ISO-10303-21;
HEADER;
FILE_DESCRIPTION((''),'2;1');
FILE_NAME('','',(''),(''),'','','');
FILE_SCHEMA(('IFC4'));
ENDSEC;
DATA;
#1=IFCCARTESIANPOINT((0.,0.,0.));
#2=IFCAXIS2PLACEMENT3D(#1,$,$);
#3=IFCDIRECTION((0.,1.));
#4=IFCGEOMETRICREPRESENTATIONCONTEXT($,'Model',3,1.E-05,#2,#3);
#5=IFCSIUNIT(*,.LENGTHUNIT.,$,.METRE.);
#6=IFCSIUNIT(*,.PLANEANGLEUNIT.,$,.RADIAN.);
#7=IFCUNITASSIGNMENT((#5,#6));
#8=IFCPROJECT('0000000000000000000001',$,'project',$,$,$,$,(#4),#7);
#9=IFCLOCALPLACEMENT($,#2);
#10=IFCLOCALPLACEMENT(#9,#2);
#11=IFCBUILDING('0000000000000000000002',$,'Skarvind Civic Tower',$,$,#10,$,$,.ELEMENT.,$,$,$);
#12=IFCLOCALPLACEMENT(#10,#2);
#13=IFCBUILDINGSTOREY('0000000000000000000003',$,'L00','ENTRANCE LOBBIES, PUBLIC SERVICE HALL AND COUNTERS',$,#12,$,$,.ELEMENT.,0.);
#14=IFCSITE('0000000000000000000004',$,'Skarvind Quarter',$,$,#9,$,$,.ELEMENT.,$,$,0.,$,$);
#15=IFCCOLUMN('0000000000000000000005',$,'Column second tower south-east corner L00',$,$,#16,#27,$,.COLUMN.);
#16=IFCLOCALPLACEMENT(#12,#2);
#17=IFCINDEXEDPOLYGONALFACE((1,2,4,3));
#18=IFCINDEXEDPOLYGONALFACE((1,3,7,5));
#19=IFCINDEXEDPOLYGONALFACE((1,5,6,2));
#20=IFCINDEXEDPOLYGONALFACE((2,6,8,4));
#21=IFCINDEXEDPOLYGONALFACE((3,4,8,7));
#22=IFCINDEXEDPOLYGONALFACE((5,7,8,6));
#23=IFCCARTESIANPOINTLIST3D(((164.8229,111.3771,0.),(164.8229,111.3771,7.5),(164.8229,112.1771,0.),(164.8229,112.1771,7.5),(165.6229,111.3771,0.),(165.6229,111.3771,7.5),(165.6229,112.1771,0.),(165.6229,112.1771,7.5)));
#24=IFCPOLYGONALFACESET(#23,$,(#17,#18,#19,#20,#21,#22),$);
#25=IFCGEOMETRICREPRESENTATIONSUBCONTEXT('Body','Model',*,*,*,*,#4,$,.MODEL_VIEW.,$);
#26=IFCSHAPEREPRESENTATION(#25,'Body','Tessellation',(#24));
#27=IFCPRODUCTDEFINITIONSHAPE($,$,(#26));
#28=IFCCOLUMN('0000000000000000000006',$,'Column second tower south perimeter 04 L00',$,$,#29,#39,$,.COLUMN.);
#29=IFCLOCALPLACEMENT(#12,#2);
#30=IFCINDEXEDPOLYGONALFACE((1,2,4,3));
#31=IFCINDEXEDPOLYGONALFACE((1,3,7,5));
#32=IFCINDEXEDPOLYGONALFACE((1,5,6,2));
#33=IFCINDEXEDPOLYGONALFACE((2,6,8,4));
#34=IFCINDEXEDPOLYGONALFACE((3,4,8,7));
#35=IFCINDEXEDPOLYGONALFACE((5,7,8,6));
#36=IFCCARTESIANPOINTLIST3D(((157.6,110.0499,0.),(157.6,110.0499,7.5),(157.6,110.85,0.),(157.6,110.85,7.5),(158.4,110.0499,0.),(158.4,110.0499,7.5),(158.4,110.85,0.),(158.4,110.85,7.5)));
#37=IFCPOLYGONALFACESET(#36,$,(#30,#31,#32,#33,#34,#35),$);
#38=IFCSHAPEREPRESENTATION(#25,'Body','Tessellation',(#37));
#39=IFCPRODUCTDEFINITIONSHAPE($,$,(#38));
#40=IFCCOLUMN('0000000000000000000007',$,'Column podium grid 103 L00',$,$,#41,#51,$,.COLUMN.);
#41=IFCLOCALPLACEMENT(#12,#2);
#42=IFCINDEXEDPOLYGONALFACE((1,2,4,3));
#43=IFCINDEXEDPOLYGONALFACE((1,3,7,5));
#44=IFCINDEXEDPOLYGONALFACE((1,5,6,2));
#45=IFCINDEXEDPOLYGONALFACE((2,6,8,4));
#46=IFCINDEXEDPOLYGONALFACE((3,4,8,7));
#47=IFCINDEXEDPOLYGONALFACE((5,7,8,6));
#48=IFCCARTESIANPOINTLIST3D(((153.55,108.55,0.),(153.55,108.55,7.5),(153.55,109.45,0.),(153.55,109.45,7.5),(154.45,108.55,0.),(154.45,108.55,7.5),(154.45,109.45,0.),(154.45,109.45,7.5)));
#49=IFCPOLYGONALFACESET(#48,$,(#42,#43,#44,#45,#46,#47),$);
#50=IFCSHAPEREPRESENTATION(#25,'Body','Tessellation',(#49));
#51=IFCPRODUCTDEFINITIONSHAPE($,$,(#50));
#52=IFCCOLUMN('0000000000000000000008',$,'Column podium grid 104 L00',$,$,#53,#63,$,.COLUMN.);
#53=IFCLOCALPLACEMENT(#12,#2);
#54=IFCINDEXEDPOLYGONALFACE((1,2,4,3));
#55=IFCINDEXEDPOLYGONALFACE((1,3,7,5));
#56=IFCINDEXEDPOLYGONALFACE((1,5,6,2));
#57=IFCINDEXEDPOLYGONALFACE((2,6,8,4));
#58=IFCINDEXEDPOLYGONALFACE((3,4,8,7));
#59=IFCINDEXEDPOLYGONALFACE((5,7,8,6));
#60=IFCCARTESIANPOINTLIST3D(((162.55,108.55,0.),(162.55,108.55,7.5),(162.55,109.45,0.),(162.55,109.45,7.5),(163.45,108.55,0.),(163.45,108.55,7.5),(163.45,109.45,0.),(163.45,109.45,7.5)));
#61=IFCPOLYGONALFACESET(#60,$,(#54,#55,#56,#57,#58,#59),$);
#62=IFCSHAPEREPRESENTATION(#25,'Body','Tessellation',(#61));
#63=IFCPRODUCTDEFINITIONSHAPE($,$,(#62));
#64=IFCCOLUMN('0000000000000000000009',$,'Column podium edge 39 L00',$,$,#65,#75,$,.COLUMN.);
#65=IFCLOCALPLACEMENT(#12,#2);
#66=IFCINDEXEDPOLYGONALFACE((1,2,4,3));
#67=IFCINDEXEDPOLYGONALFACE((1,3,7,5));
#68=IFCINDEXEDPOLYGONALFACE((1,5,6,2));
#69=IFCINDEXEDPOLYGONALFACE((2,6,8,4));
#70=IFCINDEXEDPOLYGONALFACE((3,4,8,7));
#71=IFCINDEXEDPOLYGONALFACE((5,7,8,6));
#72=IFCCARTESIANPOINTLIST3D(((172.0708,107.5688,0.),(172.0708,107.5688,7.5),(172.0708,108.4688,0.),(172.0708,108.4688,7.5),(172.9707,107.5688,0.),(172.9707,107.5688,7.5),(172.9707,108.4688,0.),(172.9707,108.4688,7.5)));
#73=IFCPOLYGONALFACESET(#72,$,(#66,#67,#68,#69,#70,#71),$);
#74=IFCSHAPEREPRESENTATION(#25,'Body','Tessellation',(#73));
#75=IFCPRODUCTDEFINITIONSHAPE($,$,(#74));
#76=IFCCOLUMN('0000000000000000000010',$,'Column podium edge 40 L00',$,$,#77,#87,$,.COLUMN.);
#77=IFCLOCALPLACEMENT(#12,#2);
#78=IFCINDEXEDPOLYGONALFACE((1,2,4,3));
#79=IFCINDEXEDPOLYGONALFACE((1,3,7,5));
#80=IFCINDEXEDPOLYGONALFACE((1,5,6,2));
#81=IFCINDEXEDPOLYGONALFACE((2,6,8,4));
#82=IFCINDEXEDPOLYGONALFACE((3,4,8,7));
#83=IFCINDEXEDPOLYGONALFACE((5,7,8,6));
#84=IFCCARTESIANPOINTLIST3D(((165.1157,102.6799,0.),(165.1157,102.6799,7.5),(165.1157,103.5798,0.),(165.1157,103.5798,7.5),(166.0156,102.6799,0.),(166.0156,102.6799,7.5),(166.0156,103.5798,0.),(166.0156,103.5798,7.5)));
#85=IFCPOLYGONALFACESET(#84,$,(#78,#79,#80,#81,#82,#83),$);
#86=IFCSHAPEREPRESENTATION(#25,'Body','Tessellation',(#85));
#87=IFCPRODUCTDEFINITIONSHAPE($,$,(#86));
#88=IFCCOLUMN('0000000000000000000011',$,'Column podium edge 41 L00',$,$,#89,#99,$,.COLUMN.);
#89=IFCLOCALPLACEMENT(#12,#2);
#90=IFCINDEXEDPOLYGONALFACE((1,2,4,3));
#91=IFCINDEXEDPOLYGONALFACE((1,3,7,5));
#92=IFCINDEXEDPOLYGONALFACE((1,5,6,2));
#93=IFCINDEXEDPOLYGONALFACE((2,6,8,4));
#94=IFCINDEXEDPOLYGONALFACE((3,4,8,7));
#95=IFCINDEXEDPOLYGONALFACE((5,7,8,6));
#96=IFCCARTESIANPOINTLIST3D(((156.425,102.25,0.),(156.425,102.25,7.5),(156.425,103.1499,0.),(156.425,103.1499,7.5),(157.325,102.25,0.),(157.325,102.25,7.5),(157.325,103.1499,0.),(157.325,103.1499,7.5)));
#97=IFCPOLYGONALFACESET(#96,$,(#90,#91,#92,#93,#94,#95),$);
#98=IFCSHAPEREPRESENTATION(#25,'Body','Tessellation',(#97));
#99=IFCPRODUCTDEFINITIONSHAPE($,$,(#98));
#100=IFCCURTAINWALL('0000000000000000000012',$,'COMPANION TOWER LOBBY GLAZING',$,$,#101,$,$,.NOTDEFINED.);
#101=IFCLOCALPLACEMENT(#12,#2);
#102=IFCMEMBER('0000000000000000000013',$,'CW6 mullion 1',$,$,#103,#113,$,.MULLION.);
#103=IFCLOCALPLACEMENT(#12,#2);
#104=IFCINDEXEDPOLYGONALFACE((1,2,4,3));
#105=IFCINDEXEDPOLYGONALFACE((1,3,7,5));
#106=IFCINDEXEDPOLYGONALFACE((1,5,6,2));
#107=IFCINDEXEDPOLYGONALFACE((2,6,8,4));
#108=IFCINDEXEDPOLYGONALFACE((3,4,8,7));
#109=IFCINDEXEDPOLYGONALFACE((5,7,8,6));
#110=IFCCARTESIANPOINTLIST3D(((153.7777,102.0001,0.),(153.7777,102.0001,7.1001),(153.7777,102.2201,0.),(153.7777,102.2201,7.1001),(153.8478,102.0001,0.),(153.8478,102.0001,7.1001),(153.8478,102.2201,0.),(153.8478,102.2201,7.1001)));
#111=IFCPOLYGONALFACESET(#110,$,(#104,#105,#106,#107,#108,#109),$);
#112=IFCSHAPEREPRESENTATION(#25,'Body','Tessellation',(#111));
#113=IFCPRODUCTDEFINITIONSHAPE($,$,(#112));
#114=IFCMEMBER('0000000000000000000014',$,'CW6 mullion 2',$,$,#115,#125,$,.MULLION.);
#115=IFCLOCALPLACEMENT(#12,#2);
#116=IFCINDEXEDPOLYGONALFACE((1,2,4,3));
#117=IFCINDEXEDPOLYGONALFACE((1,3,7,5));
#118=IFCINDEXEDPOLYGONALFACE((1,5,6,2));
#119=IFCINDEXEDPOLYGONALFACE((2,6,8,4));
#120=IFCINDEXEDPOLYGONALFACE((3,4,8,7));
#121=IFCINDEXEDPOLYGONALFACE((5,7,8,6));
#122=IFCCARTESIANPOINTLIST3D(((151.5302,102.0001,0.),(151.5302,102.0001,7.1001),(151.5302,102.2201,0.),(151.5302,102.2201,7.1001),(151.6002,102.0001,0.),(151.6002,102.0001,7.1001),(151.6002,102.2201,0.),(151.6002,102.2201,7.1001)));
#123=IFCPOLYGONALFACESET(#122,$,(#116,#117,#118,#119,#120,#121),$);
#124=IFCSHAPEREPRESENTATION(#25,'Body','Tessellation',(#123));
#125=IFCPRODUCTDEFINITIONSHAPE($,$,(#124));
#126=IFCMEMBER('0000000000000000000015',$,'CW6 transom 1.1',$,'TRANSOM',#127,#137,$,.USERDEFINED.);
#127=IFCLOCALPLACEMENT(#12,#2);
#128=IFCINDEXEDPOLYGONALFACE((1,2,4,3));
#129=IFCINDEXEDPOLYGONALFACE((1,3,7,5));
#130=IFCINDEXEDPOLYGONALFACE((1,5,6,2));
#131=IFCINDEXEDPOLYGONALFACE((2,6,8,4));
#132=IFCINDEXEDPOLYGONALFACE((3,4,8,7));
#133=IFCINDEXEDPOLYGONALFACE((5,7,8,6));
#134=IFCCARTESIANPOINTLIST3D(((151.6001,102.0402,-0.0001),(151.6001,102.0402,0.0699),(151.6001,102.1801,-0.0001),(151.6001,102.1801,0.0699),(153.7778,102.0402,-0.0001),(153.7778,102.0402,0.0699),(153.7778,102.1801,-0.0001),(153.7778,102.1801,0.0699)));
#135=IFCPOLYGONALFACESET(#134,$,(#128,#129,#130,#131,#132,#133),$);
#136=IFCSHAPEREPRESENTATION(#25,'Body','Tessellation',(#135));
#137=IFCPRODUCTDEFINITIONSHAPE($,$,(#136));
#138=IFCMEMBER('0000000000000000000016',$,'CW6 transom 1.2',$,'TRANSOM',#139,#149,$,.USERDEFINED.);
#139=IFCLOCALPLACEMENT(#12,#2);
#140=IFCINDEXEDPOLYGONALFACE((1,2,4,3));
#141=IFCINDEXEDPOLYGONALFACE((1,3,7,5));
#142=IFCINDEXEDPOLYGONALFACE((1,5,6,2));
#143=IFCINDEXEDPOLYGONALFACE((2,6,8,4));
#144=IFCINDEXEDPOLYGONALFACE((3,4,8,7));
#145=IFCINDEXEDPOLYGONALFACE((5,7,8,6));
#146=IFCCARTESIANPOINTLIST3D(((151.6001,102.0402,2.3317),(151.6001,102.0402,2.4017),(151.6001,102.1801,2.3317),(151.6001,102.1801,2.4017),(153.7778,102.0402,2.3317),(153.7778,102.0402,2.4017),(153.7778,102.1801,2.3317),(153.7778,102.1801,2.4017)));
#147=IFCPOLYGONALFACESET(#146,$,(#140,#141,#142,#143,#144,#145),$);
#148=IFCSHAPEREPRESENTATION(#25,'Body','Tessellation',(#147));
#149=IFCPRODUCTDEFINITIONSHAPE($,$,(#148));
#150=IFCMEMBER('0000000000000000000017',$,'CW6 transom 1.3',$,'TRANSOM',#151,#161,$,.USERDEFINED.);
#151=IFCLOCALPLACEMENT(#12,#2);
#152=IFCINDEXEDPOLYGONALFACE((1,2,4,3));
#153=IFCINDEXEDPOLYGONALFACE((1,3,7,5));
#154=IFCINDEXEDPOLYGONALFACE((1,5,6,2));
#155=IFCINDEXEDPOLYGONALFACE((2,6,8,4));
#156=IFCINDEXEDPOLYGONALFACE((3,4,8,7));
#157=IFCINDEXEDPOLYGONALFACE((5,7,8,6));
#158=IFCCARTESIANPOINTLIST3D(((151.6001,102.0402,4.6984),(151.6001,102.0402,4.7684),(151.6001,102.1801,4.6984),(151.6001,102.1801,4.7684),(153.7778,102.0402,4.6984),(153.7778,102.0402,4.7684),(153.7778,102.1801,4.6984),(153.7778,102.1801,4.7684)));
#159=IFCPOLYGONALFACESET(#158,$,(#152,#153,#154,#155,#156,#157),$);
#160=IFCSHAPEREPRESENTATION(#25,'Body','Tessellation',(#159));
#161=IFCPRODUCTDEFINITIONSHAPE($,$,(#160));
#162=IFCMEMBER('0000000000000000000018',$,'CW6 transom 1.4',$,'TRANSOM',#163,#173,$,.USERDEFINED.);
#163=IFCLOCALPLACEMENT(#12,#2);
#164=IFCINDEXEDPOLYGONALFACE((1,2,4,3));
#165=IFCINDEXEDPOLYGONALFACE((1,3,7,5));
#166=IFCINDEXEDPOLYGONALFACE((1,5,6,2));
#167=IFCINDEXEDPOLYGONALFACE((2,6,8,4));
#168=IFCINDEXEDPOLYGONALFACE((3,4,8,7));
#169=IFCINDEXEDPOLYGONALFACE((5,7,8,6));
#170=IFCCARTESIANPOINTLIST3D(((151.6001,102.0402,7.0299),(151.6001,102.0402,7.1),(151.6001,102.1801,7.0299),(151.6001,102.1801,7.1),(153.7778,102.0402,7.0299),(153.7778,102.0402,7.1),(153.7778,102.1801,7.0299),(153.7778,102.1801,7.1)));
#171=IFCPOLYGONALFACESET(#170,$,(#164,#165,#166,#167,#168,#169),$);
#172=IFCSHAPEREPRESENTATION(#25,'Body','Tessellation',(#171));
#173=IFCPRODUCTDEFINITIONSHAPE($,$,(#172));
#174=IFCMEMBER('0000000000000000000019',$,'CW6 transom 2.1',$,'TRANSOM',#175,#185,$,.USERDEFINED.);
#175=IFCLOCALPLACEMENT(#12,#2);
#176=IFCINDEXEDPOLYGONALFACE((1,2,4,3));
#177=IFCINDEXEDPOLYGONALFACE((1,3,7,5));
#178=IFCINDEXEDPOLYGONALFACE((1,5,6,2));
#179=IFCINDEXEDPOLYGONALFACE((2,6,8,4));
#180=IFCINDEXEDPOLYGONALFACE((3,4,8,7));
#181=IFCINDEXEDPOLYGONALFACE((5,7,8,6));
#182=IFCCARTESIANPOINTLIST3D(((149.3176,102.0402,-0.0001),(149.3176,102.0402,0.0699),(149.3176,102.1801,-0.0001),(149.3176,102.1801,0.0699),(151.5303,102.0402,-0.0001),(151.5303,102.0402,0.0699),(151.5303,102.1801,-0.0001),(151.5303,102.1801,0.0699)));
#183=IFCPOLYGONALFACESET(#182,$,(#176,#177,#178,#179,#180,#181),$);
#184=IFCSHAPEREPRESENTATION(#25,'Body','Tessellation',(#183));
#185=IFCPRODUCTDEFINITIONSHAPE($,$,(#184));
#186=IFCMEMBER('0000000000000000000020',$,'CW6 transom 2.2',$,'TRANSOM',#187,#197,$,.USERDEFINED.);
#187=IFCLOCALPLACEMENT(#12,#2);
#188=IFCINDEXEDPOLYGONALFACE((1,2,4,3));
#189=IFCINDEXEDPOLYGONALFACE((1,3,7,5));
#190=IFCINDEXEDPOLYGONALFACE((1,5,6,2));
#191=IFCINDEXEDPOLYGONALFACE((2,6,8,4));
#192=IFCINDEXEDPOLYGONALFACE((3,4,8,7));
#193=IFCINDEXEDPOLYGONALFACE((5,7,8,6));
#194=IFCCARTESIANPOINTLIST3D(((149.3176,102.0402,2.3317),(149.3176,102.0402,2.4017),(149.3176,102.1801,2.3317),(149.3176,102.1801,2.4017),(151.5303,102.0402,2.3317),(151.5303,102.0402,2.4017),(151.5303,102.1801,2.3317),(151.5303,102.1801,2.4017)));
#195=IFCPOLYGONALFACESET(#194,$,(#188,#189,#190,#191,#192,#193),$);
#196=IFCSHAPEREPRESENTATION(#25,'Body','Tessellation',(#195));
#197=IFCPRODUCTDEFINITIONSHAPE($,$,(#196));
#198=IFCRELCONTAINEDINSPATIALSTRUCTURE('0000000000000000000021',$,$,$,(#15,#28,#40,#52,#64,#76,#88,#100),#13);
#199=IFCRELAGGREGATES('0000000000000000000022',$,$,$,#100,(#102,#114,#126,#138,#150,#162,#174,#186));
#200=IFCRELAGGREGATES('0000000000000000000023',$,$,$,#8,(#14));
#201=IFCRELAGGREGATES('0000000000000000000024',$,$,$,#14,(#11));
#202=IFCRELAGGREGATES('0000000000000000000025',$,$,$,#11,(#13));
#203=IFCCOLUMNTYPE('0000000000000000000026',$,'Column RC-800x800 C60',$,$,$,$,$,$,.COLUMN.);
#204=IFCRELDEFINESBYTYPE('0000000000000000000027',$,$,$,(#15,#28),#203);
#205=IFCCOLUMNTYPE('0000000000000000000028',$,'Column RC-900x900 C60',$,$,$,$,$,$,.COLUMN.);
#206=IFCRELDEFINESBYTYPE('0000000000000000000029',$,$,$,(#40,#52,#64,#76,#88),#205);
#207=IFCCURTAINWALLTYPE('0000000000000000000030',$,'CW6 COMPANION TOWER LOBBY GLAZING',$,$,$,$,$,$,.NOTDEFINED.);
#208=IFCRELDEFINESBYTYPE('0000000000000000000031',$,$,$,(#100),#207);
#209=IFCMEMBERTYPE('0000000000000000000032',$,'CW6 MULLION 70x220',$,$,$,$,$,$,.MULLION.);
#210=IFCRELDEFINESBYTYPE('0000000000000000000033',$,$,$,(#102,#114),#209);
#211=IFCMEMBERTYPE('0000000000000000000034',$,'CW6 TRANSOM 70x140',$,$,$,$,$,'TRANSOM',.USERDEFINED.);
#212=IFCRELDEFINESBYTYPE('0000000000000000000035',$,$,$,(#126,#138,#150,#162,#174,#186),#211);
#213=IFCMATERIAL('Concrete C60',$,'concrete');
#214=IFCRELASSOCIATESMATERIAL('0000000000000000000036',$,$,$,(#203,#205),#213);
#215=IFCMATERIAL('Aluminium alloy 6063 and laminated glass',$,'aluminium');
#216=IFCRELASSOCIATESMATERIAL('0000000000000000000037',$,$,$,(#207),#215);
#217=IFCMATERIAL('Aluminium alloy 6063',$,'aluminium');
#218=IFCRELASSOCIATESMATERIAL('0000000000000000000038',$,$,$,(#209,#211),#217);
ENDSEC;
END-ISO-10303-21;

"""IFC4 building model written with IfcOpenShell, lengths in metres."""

from ifc_helpers import new_model, si_unit, direction, frame, origin, origin_2d, place, context, subcontext, project, spatial, rectangle, extrude, material, material_profile, profile_set, type_object, element, aggregate, save


model = new_model("IFC4")

# Units and contexts
model_context = context("Model", 3, precision=1e-05, world=origin(), true_north=direction((0.0, 1.0)))
body_context = subcontext(model_context, "Body", "Model", "MODEL_VIEW")
ifc_project = project(units=[si_unit("LENGTHUNIT", "METRE"), si_unit("PLANEANGLEUNIT", "RADIAN")], contexts=[model_context])

# Site, building, storey
site_placement = place(None, origin())
site = spatial("IfcSite", under=ifc_project, at=site_placement, Name="Skarvind Quarter", CompositionType="ELEMENT", RefElevation=0.0)
building_placement = place(site_placement, origin())
building = spatial("IfcBuilding", under=site, at=building_placement, Name="Skarvind Civic Tower", CompositionType="ELEMENT")
storey_placement = place(building_placement, origin())
storey = spatial("IfcBuildingStorey", under=building, at=storey_placement, Name="L00", Description="ENTRANCE LOBBIES, PUBLIC SERVICE HALL AND COUNTERS", CompositionType="ELEMENT", Elevation=0.0)

# Columns
ifc_material_1 = material(Name="Concrete C60", Category="concrete")
ifc_material_profile_1 = material_profile(ifc_material_1, rectangle(XDim=0.8, YDim=0.8, at=origin_2d()), Name="RC-800x800")
ifc_profile_set_1 = profile_set([ifc_material_profile_1], Name="Concrete C60")
column_type_1 = type_object("IfcColumnType", Name="Column RC-800x800 C60", PredefinedType="COLUMN", material=ifc_profile_set_1)
for number, where, z_axis, x_axis, name in (
    (1, (165.2229, 111.7771, 0.0), (0.0, 0.0, 1.0), (1.0, 0.0, 0.0), "Column second tower south-east corner L00"),
    (2, (158.0, 110.45, 0.0), (0.0, 0.0, 1.0), (1.0, 0.0, 0.0), "Column second tower south perimeter 04 L00"),
):
    element("IfcColumn", number, at=place(storey_placement, frame(where, z_axis=z_axis, x_axis=x_axis)), inside=storey, type_object=column_type_1, Name=name, PredefinedType="COLUMN", context=body_context, shape_type="SweptSolid", body=[
        extrude(rectangle(XDim=0.8, YDim=0.8, at=origin_2d()), origin(), (0.0, 0.0, 1.0), 7.5),
    ])
ifc_material_profile_2 = material_profile(ifc_material_1, rectangle(XDim=0.8999, YDim=0.8999, at=origin_2d()), Name="RC-900x900")
ifc_profile_set_2 = profile_set([ifc_material_profile_2], Name="Concrete C60")
column_type_2 = type_object("IfcColumnType", Name="Column RC-900x900 C60", PredefinedType="COLUMN", material=ifc_profile_set_2)
for number, where, z_axis, x_axis, name in (
    (3, (154.0, 109.0, 0.0), (0.0, 0.0, 1.0), (1.0, 0.0, 0.0), "Column podium grid 103 L00"),
    (4, (163.0, 109.0, 0.0), (0.0, 0.0, 1.0), (1.0, 0.0, 0.0), "Column podium grid 104 L00"),
    (5, (172.5208, 108.0188, 0.0), (0.0, 0.0, 1.0), (1.0, 0.0, 0.0), "Column podium edge 39 L00"),
    (6, (165.5657, 103.1299, 0.0), (0.0, 0.0, 1.0), (1.0, 0.0, 0.0), "Column podium edge 40 L00"),
    (7, (156.875, 102.7, 0.0), (0.0, 0.0, 1.0), (1.0, 0.0, 0.0), "Column podium edge 41 L00"),
):
    element("IfcColumn", number, at=place(storey_placement, frame(where, z_axis=z_axis, x_axis=x_axis)), inside=storey, type_object=column_type_2, Name=name, PredefinedType="COLUMN", context=body_context, shape_type="SweptSolid", body=[
        extrude(rectangle(XDim=0.8999, YDim=0.8999, at=origin_2d()), origin(), (0.0, 0.0, 1.0), 7.5),
    ])

# Curtain wall, members
ifc_material_2 = material(Name="Aluminium alloy 6063 and laminated glass", Category="aluminium")
curtain_wall_type = type_object("IfcCurtainWallType", Name="CW6 COMPANION TOWER LOBBY GLAZING", PredefinedType="NOTDEFINED", material=ifc_material_2)
curtain_wall_placement = place(storey_placement, origin())
curtain_wall = element("IfcCurtainWall", 8, at=curtain_wall_placement, inside=storey, type_object=curtain_wall_type, Name="COMPANION TOWER LOBBY GLAZING", PredefinedType="NOTDEFINED")
ifc_material_3 = material(Name="Aluminium alloy 6063", Category="aluminium")
ifc_material_profile_3 = material_profile(ifc_material_3, rectangle(XDim=0.22, YDim=0.0701, at=origin_2d()), Name="AL 70x220")
ifc_profile_set_3 = profile_set([ifc_material_profile_3], Name="Aluminium alloy 6063")
member_type_1 = type_object("IfcMemberType", Name="CW6 MULLION 70x220", PredefinedType="MULLION", material=ifc_profile_set_3)
member_1_placement = place(storey_placement, frame((153.8127, 102.1101, 0.0), z_axis=(0.0, 0.0, 1.0), x_axis=(0.0, -1.0, 0.0)))
member_1 = element("IfcMember", 9, at=member_1_placement, type_object=member_type_1, Name="CW6 mullion 1", PredefinedType="MULLION", context=body_context, shape_type="SweptSolid", body=[
    extrude(rectangle(XDim=0.22, YDim=0.0701, at=origin_2d()), origin(), (0.0, 0.0, 1.0), 7.1001),
])
member_2_placement = place(storey_placement, frame((151.5652, 102.1101, 0.0), z_axis=(0.0, 0.0, 1.0), x_axis=(0.0, -1.0, 0.0)))
member_2 = element("IfcMember", 10, at=member_2_placement, type_object=member_type_1, Name="CW6 mullion 2", PredefinedType="MULLION", context=body_context, shape_type="SweptSolid", body=[
    extrude(rectangle(XDim=0.22, YDim=0.0701, at=origin_2d()), origin(), (0.0, 0.0, 1.0), 7.1001),
])
ifc_material_profile_4 = material_profile(ifc_material_3, rectangle(XDim=0.1399, YDim=0.0701, at=origin_2d()), Name="AL 70x140")
ifc_profile_set_4 = profile_set([ifc_material_profile_4], Name="Aluminium alloy 6063")
member_type_2 = type_object("IfcMemberType", Name="CW6 TRANSOM 70x140", ElementType="TRANSOM", PredefinedType="USERDEFINED", material=ifc_profile_set_4)
member_3_placement = place(storey_placement, frame((153.7778, 102.1101, 0.0349), z_axis=(-1.0, 0.0, 0.0), x_axis=(0.0, -1.0, 0.0)))
member_3 = element("IfcMember", 11, at=member_3_placement, type_object=member_type_2, Name="CW6 transom 1.1", ObjectType="TRANSOM", PredefinedType="USERDEFINED", context=body_context, shape_type="SweptSolid", body=[
    extrude(rectangle(XDim=0.1399, YDim=0.0701, at=origin_2d()), origin(), (0.0, 0.0, 1.0), 2.1777),
])
member_4_placement = place(storey_placement, frame((153.7778, 102.1101, 2.3667), z_axis=(-1.0, 0.0, 0.0), x_axis=(0.0, -1.0, 0.0)))
member_4 = element("IfcMember", 12, at=member_4_placement, type_object=member_type_2, Name="CW6 transom 1.2", ObjectType="TRANSOM", PredefinedType="USERDEFINED", context=body_context, shape_type="SweptSolid", body=[
    extrude(rectangle(XDim=0.1399, YDim=0.0701, at=origin_2d()), origin(), (0.0, 0.0, 1.0), 2.1777),
])
member_5_placement = place(storey_placement, frame((153.7778, 102.1101, 4.7334), z_axis=(-1.0, 0.0, 0.0), x_axis=(0.0, -1.0, 0.0)))
member_5 = element("IfcMember", 13, at=member_5_placement, type_object=member_type_2, Name="CW6 transom 1.3", ObjectType="TRANSOM", PredefinedType="USERDEFINED", context=body_context, shape_type="SweptSolid", body=[
    extrude(rectangle(XDim=0.1399, YDim=0.0701, at=origin_2d()), origin(), (0.0, 0.0, 1.0), 2.1777),
])
member_6_placement = place(storey_placement, frame((153.7778, 102.1101, 7.0649), z_axis=(-1.0, 0.0, 0.0), x_axis=(0.0, -1.0, 0.0)))
member_6 = element("IfcMember", 14, at=member_6_placement, type_object=member_type_2, Name="CW6 transom 1.4", ObjectType="TRANSOM", PredefinedType="USERDEFINED", context=body_context, shape_type="SweptSolid", body=[
    extrude(rectangle(XDim=0.1399, YDim=0.0701, at=origin_2d()), origin(), (0.0, 0.0, 1.0), 2.1777),
])
member_7_placement = place(storey_placement, frame((151.5303, 102.1101, 0.0349), z_axis=(-1.0, 0.0, 0.0), x_axis=(0.0, -1.0, 0.0)))
member_7 = element("IfcMember", 15, at=member_7_placement, type_object=member_type_2, Name="CW6 transom 2.1", ObjectType="TRANSOM", PredefinedType="USERDEFINED", context=body_context, shape_type="SweptSolid", body=[
    extrude(rectangle(XDim=0.1399, YDim=0.0701, at=origin_2d()), origin(), (0.0, 0.0, 1.0), 2.2126),
])
member_8_placement = place(storey_placement, frame((151.5303, 102.1101, 2.3667), z_axis=(-1.0, 0.0, 0.0), x_axis=(0.0, -1.0, 0.0)))
member_8 = element("IfcMember", 16, at=member_8_placement, type_object=member_type_2, Name="CW6 transom 2.2", ObjectType="TRANSOM", PredefinedType="USERDEFINED", context=body_context, shape_type="SweptSolid", body=[
    extrude(rectangle(XDim=0.1399, YDim=0.0701, at=origin_2d()), origin(), (0.0, 0.0, 1.0), 2.2126),
])
aggregate(curtain_wall, [member_1, member_2, member_3, member_4, member_5, member_6, member_7, member_8])

save(model, "model.ifc")
